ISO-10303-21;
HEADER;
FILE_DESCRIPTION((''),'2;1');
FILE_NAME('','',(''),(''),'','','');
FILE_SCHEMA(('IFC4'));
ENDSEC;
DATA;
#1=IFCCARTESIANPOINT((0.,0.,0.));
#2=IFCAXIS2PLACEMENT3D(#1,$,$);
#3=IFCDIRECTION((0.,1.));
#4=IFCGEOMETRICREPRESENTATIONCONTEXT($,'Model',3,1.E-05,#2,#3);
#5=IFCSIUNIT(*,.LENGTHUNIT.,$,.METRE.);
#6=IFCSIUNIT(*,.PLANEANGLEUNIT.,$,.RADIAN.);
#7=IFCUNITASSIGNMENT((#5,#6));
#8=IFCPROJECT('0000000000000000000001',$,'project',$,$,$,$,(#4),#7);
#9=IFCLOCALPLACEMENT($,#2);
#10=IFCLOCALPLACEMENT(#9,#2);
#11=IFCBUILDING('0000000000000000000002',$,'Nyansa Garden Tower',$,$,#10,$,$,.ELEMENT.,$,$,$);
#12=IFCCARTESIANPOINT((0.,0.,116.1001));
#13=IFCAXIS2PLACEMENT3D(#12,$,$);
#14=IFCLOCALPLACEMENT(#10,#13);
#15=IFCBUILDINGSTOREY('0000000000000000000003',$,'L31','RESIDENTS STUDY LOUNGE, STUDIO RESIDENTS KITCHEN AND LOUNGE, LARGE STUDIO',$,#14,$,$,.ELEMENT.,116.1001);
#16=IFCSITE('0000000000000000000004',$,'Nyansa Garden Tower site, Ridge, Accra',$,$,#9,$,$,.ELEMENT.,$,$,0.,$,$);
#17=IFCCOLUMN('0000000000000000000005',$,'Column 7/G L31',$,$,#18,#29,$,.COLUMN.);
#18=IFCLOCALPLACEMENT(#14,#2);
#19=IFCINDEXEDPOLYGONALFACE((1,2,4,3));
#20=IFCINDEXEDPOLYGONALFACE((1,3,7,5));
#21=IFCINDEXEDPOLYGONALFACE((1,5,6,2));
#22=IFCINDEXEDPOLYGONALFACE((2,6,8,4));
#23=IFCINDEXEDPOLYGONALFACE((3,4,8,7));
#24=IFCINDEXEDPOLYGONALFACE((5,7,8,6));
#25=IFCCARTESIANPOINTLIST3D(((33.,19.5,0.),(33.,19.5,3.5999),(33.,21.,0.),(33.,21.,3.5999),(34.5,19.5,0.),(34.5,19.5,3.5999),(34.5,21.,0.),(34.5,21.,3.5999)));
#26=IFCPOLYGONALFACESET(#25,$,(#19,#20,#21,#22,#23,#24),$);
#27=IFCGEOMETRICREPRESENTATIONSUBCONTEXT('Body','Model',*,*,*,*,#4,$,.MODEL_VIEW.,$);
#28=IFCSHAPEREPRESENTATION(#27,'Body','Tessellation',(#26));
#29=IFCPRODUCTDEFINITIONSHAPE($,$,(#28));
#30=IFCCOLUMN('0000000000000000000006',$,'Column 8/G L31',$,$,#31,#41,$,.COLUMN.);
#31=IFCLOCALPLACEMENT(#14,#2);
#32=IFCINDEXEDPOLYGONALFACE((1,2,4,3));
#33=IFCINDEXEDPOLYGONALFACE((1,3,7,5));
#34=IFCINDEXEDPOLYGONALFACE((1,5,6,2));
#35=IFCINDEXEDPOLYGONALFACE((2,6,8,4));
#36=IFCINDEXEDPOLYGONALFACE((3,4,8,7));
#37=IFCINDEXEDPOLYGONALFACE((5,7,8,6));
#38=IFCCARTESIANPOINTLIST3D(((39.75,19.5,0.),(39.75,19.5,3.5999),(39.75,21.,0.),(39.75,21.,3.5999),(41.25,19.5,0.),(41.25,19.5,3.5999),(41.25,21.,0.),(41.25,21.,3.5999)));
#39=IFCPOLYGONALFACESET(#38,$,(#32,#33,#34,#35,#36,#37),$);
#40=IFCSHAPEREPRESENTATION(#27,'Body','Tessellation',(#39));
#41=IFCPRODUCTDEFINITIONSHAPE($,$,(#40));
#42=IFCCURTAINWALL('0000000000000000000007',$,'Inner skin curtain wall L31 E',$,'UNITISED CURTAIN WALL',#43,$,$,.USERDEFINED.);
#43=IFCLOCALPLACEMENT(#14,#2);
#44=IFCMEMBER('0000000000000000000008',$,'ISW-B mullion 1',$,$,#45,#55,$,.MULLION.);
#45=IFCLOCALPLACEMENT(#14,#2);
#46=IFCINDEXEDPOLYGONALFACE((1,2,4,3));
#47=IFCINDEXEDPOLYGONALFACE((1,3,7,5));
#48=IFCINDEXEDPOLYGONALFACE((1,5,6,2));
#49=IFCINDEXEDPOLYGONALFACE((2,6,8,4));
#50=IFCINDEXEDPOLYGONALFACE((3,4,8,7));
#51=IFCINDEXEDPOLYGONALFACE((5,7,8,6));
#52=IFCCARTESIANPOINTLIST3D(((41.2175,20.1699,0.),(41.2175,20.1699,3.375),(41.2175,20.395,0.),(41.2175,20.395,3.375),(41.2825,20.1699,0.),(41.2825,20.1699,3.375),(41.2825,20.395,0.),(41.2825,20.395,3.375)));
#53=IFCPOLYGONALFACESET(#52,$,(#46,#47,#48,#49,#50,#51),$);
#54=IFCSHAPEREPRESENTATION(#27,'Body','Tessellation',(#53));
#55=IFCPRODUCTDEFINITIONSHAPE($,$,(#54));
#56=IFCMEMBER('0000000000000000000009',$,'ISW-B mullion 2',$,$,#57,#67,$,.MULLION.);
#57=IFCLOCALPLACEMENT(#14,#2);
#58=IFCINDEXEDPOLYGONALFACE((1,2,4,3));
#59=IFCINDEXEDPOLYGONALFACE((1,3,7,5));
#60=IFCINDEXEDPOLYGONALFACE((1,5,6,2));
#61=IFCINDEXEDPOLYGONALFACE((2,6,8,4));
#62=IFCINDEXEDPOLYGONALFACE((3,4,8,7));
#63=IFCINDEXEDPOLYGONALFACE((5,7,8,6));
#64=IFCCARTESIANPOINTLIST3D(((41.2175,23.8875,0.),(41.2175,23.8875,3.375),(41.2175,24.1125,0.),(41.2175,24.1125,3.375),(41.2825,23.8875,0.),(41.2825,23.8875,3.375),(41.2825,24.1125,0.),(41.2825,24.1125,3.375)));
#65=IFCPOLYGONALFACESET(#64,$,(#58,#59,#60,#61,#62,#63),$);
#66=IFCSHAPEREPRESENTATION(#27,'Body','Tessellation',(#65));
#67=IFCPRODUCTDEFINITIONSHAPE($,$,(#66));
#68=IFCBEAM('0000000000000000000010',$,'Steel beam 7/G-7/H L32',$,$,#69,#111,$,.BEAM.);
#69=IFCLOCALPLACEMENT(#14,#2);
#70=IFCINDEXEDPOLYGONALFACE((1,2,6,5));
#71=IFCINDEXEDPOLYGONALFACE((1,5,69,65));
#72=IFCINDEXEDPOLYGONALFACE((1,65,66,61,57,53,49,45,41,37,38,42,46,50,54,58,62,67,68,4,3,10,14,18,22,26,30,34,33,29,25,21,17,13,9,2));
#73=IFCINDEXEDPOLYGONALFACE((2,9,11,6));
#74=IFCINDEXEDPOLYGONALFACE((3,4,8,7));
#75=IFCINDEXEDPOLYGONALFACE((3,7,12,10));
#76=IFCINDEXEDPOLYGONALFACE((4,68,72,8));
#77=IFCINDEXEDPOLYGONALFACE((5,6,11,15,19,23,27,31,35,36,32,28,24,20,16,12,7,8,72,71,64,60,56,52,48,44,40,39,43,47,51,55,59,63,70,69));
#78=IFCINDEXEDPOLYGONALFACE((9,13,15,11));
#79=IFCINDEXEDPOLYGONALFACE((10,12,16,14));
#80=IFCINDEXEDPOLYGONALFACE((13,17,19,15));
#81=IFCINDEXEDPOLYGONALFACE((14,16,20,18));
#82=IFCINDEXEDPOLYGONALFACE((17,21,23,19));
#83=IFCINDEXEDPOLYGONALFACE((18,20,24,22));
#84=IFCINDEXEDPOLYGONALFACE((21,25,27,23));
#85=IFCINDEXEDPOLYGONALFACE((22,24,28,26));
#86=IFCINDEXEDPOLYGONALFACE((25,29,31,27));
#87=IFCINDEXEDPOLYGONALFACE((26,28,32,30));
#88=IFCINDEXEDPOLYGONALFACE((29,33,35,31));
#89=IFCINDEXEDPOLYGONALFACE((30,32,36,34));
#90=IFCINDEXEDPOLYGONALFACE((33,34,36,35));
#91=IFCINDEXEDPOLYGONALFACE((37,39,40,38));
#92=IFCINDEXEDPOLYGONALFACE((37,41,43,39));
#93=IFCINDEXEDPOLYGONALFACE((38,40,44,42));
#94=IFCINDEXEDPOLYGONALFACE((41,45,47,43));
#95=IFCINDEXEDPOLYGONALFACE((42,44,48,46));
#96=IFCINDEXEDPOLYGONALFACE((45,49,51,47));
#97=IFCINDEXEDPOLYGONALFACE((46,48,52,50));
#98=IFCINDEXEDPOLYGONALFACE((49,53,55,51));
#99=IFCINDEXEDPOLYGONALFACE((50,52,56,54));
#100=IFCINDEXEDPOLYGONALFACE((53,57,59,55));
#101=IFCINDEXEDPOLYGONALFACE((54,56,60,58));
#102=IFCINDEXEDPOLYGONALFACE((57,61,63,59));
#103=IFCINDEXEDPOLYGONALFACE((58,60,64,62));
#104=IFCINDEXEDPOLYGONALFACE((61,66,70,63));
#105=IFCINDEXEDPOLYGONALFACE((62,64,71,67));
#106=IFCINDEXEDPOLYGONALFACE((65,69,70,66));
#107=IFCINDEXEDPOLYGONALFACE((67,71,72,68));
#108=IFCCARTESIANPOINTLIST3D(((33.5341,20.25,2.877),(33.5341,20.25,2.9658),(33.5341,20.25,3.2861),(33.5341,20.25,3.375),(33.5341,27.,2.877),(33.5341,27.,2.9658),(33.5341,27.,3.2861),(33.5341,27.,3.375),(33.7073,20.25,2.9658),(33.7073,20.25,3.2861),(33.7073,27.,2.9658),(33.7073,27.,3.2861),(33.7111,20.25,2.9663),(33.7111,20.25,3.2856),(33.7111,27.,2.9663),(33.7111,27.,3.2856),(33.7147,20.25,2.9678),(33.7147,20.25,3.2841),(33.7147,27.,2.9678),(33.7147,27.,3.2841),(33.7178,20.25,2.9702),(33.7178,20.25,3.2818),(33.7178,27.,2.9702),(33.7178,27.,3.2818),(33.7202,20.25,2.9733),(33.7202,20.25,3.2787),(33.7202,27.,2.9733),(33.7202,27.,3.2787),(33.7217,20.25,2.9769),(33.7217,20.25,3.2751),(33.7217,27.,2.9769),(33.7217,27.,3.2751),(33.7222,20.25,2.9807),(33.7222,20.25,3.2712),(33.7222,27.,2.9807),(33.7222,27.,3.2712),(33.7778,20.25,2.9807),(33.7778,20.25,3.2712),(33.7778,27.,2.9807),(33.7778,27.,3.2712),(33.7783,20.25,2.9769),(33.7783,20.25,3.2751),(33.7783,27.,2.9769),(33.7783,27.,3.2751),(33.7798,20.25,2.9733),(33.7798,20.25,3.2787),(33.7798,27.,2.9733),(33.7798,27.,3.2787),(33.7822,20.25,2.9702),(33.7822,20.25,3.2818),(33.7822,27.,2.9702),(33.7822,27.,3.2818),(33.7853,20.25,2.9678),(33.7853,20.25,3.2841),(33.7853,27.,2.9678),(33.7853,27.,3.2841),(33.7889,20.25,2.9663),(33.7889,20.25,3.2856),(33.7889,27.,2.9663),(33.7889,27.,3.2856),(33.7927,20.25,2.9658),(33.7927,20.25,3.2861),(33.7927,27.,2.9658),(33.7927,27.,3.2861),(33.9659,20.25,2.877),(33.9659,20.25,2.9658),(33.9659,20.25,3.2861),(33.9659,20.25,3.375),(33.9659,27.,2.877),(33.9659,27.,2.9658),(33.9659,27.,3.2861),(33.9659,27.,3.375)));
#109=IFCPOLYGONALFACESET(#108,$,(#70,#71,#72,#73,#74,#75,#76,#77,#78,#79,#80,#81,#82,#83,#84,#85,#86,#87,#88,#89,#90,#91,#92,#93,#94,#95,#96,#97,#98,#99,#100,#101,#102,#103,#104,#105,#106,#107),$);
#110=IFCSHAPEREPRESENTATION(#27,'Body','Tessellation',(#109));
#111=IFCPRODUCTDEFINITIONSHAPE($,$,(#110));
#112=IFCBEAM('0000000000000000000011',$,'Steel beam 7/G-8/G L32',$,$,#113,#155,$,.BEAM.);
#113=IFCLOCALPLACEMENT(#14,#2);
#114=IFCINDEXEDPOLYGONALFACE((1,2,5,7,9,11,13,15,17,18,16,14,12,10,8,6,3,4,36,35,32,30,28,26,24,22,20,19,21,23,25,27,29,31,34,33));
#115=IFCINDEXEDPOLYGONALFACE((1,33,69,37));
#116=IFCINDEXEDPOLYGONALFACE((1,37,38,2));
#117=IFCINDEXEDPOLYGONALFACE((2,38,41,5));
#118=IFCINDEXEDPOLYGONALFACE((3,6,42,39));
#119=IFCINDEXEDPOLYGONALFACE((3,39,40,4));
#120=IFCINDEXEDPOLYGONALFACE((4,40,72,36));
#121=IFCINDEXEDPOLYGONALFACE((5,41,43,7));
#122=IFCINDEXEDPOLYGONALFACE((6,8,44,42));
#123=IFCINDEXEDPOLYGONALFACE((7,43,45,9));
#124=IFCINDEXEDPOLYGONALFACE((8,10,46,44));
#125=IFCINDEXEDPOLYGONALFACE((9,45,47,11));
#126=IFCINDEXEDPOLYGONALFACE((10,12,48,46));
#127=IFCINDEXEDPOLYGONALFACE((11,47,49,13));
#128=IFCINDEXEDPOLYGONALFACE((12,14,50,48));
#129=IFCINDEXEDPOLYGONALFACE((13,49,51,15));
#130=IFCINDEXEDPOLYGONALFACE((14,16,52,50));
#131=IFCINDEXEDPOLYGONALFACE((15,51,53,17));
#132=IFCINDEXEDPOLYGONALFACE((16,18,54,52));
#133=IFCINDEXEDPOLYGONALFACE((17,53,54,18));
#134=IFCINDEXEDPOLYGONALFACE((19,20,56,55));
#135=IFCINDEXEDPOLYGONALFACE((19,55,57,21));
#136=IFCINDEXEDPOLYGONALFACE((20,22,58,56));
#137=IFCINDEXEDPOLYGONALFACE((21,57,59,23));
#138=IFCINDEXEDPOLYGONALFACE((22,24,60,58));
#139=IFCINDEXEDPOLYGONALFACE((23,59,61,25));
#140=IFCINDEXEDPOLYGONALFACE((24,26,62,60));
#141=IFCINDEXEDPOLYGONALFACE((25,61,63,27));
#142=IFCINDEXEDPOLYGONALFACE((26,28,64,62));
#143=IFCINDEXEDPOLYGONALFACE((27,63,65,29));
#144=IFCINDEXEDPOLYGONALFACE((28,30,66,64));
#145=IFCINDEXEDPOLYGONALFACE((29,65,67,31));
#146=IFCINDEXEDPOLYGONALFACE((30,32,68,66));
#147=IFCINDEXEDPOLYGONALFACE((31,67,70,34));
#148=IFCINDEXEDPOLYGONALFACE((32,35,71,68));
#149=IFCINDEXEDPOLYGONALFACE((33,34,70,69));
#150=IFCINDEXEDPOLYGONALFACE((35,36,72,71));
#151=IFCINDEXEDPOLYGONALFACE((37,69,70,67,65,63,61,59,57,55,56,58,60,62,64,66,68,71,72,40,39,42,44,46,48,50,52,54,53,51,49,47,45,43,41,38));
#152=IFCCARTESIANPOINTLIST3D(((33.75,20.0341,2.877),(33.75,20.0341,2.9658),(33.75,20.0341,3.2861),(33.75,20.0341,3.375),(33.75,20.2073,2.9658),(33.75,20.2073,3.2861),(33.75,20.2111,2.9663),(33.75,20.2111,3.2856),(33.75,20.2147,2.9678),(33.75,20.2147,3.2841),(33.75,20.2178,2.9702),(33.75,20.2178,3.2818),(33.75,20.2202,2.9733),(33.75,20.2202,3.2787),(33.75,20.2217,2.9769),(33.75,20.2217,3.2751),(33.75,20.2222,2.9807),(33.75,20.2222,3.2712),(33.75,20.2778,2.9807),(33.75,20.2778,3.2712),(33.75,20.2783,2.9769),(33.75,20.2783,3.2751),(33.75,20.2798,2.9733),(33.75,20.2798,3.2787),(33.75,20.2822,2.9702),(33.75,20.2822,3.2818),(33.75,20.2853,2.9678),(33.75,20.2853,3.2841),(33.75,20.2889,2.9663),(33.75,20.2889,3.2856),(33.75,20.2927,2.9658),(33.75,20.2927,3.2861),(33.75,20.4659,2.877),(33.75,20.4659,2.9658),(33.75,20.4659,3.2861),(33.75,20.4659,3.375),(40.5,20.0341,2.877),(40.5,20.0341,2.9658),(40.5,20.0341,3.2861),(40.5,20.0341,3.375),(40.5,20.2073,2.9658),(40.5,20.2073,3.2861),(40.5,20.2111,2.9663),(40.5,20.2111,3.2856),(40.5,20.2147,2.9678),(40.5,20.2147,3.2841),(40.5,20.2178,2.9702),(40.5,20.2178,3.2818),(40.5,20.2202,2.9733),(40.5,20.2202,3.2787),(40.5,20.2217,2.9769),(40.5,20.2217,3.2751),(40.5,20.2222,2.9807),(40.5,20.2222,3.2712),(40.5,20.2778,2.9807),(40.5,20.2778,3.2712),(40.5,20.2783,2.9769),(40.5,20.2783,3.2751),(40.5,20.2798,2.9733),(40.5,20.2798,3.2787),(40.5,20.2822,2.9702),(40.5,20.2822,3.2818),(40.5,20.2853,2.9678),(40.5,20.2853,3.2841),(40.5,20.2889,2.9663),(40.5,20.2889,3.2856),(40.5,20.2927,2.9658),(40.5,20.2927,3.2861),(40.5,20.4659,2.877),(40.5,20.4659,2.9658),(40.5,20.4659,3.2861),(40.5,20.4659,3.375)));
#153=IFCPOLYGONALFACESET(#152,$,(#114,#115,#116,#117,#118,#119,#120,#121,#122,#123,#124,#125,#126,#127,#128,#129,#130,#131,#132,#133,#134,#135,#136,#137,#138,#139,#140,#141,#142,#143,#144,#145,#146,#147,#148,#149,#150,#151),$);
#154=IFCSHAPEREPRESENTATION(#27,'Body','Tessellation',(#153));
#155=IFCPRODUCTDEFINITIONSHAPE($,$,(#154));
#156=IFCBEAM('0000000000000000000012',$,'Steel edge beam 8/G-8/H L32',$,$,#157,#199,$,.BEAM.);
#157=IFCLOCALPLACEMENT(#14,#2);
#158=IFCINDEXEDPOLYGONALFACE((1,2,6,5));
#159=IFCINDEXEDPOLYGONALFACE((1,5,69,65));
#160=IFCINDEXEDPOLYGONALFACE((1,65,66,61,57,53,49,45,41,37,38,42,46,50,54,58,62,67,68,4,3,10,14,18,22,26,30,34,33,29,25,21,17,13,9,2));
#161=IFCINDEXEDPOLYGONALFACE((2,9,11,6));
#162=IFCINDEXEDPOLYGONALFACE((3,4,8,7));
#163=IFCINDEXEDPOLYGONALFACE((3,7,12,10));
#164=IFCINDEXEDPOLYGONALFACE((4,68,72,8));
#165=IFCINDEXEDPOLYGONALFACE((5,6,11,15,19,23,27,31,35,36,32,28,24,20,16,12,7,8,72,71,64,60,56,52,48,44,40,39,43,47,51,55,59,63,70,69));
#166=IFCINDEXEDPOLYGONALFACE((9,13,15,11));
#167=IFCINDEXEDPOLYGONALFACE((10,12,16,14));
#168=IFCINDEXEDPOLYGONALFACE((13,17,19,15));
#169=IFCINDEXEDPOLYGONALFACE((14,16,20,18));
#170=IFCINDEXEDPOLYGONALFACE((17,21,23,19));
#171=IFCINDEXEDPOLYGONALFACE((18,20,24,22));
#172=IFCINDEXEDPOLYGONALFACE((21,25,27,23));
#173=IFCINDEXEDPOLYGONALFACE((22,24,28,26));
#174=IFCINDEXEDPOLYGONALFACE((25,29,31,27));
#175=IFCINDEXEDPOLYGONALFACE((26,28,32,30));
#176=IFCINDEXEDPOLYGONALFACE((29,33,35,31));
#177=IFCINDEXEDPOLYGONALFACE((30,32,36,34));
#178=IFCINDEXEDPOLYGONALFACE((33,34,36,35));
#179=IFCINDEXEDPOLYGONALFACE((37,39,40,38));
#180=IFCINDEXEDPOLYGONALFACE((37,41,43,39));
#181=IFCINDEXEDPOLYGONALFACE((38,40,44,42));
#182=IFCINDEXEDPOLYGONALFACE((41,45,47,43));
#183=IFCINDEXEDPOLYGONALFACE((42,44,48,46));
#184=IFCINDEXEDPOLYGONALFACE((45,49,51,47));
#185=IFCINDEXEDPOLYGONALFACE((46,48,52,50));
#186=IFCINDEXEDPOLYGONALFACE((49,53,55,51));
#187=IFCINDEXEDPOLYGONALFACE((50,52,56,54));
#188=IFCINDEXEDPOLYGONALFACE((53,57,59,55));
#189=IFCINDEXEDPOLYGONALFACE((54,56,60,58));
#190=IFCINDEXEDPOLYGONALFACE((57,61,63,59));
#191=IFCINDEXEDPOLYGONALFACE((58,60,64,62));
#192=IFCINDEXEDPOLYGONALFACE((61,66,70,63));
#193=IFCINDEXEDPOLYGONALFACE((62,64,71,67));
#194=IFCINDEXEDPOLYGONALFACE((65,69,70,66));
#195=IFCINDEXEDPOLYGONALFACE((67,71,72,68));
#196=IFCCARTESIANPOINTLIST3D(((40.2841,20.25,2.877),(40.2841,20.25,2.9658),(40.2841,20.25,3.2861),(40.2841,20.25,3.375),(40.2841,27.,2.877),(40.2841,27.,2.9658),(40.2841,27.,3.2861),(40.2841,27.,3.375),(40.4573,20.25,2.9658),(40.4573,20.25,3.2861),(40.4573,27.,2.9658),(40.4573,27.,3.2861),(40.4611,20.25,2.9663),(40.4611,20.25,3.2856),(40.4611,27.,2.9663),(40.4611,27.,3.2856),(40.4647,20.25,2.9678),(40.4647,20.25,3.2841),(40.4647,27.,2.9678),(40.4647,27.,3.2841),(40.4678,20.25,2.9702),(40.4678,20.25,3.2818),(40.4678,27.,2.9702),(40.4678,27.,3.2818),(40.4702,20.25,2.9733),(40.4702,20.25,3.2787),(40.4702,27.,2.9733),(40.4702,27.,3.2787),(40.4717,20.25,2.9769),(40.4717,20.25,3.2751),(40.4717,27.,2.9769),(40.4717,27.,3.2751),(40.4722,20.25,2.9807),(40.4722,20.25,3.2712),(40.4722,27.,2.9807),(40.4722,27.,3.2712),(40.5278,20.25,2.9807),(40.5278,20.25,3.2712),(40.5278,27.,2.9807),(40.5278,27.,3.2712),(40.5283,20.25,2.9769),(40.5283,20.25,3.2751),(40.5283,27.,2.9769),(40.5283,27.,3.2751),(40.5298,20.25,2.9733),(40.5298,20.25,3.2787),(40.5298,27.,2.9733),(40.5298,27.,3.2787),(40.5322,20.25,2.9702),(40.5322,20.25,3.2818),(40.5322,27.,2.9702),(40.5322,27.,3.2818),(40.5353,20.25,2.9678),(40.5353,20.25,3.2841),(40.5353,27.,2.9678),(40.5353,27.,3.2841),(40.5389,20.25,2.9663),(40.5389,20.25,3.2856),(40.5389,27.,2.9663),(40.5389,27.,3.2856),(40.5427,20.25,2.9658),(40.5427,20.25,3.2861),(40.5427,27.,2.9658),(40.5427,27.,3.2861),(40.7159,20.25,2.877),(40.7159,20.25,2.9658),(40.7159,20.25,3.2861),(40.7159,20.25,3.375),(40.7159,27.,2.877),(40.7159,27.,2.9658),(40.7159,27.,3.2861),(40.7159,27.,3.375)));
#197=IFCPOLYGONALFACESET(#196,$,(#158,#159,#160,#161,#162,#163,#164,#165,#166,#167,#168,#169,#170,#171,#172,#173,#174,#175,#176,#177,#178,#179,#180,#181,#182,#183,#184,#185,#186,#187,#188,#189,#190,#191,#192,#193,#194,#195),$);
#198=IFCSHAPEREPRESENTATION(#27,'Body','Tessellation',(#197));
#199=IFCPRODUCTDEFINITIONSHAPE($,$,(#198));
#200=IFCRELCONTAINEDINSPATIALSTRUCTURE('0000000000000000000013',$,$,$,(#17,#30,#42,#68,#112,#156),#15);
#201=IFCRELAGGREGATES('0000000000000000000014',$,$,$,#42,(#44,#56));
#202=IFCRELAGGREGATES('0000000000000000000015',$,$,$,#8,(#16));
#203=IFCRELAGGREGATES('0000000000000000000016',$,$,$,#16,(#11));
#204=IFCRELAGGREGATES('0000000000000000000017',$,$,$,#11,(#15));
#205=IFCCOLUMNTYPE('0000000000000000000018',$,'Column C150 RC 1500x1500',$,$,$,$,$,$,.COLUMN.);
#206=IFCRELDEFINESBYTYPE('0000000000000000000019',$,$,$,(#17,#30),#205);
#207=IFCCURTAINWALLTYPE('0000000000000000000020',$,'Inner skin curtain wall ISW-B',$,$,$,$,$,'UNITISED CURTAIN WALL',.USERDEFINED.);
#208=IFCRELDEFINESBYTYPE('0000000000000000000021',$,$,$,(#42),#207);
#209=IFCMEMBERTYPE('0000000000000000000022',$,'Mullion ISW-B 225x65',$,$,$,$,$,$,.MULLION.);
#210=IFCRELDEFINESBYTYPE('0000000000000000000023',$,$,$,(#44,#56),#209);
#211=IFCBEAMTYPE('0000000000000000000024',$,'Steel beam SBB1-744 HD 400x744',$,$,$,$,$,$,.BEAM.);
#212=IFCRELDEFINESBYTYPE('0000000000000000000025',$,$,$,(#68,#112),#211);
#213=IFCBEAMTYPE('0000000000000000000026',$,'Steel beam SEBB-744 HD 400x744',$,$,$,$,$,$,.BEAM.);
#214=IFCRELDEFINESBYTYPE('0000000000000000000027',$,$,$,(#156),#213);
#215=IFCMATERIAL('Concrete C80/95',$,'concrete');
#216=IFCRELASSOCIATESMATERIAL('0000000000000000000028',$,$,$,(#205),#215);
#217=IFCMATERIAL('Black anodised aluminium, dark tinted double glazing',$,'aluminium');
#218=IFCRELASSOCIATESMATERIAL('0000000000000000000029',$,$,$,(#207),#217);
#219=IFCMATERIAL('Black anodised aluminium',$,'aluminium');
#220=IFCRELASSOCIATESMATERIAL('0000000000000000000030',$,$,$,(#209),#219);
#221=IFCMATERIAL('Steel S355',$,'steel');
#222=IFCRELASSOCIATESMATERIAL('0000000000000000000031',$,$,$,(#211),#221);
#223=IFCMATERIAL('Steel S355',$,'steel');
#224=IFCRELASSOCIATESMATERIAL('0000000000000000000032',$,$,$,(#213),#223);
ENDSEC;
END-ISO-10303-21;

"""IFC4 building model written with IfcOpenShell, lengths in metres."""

from ifc_helpers import new_model, si_unit, direction, frame, origin, origin_2d, place, context, subcontext, project, spatial, rectangle, i_section, extrude, material, material_profile, profile_set, type_object, element, aggregate, save


model = new_model("IFC4")

# Units and contexts
model_context = context("Model", 3, precision=1e-05, world=origin(), true_north=direction((0.0, 1.0)))
body_context = subcontext(model_context, "Body", "Model", "MODEL_VIEW")
ifc_project = project(units=[si_unit("LENGTHUNIT", "METRE"), si_unit("PLANEANGLEUNIT", "RADIAN")], contexts=[model_context])

# Site, building, storey
site_placement = place(None, origin())
site = spatial("IfcSite", under=ifc_project, at=site_placement, Name="Nyansa Garden Tower site, Ridge, Accra", CompositionType="ELEMENT", RefElevation=0.0)
building_placement = place(site_placement, origin())
building = spatial("IfcBuilding", under=site, at=building_placement, Name="Nyansa Garden Tower", CompositionType="ELEMENT")
storey_placement = place(building_placement, frame((0.0, 0.0, 116.1001)))
storey = spatial("IfcBuildingStorey", under=building, at=storey_placement, Name="L31", Description="RESIDENTS STUDY LOUNGE, STUDIO RESIDENTS KITCHEN AND LOUNGE, LARGE STUDIO", CompositionType="ELEMENT", Elevation=116.1001)

# Columns
ifc_material_1 = material(Name="Concrete C80/95", Category="concrete")
ifc_material_profile_1 = material_profile(ifc_material_1, rectangle(XDim=1.5, YDim=1.5, at=origin_2d()), Name="RC 1500x1500")
ifc_profile_set_1 = profile_set([ifc_material_profile_1], Name="Concrete C80/95")
column_type = type_object("IfcColumnType", Name="Column C150 RC 1500x1500", PredefinedType="COLUMN", material=ifc_profile_set_1)
for number, where, z_axis, x_axis, name in (
    (1, (33.75, 20.25, 0.0), (0.0, 0.0, 1.0), (1.0, 0.0, 0.0), "Column 7/G L31"),
    (2, (40.5, 20.25, 0.0), (0.0, 0.0, 1.0), (1.0, 0.0, 0.0), "Column 8/G L31"),
):
    element("IfcColumn", number, at=place(storey_placement, frame(where, z_axis=z_axis, x_axis=x_axis)), inside=storey, type_object=column_type, Name=name, PredefinedType="COLUMN", context=body_context, shape_type="SweptSolid", body=[
        extrude(rectangle(XDim=1.5, YDim=1.5, at=origin_2d()), origin(), (0.0, 0.0, 1.0), 3.5999),
    ])

# Curtain wall, members
ifc_material_2 = material(Name="Black anodised aluminium, dark tinted double glazing", Category="aluminium")
curtain_wall_type = type_object("IfcCurtainWallType", Name="Inner skin curtain wall ISW-B", ElementType="UNITISED CURTAIN WALL", PredefinedType="USERDEFINED", material=ifc_material_2)
curtain_wall_placement = place(storey_placement, origin())
curtain_wall = element("IfcCurtainWall", 3, at=curtain_wall_placement, inside=storey, type_object=curtain_wall_type, Name="Inner skin curtain wall L31 E", ObjectType="UNITISED CURTAIN WALL", PredefinedType="USERDEFINED")
ifc_material_3 = material(Name="Black anodised aluminium", Category="aluminium")
ifc_material_profile_2 = material_profile(ifc_material_3, rectangle(XDim=0.0649, YDim=0.2251, at=origin_2d()), Name="Mullion 225x65")
ifc_profile_set_2 = profile_set([ifc_material_profile_2], Name="Black anodised aluminium")
member_type_1 = type_object("IfcMemberType", Name="Mullion ISW-B 225x65", PredefinedType="MULLION", material=ifc_profile_set_2)
member_1_placement = place(storey_placement, frame((41.25, 20.2825, 0.0), z_axis=(0.0, 0.0, 1.0), x_axis=(-1.0, 0.0, 0.0)))
member_1 = element("IfcMember", 4, at=member_1_placement, type_object=member_type_1, Name="ISW-B mullion 1", PredefinedType="MULLION", context=body_context, shape_type="SweptSolid", body=[
    extrude(rectangle(XDim=0.0649, YDim=0.2251, at=origin_2d()), origin(), (0.0, 0.0, 1.0), 3.375),
])
member_2_placement = place(storey_placement, frame((41.25, 24.0, 0.0), z_axis=(0.0, 0.0, 1.0), x_axis=(-1.0, 0.0, 0.0)))
member_2 = element("IfcMember", 5, at=member_2_placement, type_object=member_type_1, Name="ISW-B mullion 2", PredefinedType="MULLION", context=body_context, shape_type="SweptSolid", body=[
    extrude(rectangle(XDim=0.0649, YDim=0.2251, at=origin_2d()), origin(), (0.0, 0.0, 1.0), 3.375),
])

# Beams
ifc_material_4 = material(Name="Steel S355", Category="steel")
ifc_material_profile_3 = material_profile(ifc_material_4, i_section(OverallWidth=0.4319, OverallDepth=0.498, WebThickness=0.0557, FlangeThickness=0.0889, FilletRadius=0.0149, at=origin_2d()), Name="HD 400x744")
ifc_profile_set_3 = profile_set([ifc_material_profile_3], Name="Steel S355")
beam_type_1 = type_object("IfcBeamType", Name="Steel beam SBB1-744 HD 400x744", PredefinedType="BEAM", material=ifc_profile_set_3)
for number, where, z_axis, x_axis, name in (
    (6, (33.75, 20.25, 3.126), (0.0, 1.0, 0.0), (-1.0, 0.0, 0.0), "Steel beam 7/G-7/H L32"),
    (7, (33.75, 20.25, 3.126), (1.0, 0.0, 0.0), (0.0, 1.0, 0.0), "Steel beam 7/G-8/G L32"),
):
    element("IfcBeam", number, at=place(storey_placement, frame(where, z_axis=z_axis, x_axis=x_axis)), inside=storey, type_object=beam_type_1, Name=name, PredefinedType="BEAM", context=body_context, shape_type="SweptSolid", body=[
        extrude(i_section(OverallWidth=0.4319, OverallDepth=0.498, WebThickness=0.0557, FlangeThickness=0.0889, FilletRadius=0.0149, at=origin_2d()), origin(), (0.0, 0.0, 1.0), 6.75),
    ])
ifc_material_5 = material(Name="Steel S355", Category="steel")
ifc_material_profile_4 = material_profile(ifc_material_5, i_section(OverallWidth=0.4319, OverallDepth=0.498, WebThickness=0.0557, FlangeThickness=0.0889, FilletRadius=0.0149, at=origin_2d()), Name="HD 400x744")
ifc_profile_set_4 = profile_set([ifc_material_profile_4], Name="Steel S355")
beam_type_2 = type_object("IfcBeamType", Name="Steel beam SEBB-744 HD 400x744", PredefinedType="BEAM", material=ifc_profile_set_4)
beam_placement = place(storey_placement, frame((40.5, 20.25, 3.126), z_axis=(0.0, 1.0, 0.0), x_axis=(-1.0, 0.0, 0.0)))
element("IfcBeam", 8, at=beam_placement, inside=storey, type_object=beam_type_2, Name="Steel edge beam 8/G-8/H L32", PredefinedType="BEAM", context=body_context, shape_type="SweptSolid", body=[
    extrude(i_section(OverallWidth=0.4319, OverallDepth=0.498, WebThickness=0.0557, FlangeThickness=0.0889, FilletRadius=0.0149, at=origin_2d()), origin(), (0.0, 0.0, 1.0), 6.75),
])

aggregate(curtain_wall, [member_1, member_2])

save(model, "model.ifc")
